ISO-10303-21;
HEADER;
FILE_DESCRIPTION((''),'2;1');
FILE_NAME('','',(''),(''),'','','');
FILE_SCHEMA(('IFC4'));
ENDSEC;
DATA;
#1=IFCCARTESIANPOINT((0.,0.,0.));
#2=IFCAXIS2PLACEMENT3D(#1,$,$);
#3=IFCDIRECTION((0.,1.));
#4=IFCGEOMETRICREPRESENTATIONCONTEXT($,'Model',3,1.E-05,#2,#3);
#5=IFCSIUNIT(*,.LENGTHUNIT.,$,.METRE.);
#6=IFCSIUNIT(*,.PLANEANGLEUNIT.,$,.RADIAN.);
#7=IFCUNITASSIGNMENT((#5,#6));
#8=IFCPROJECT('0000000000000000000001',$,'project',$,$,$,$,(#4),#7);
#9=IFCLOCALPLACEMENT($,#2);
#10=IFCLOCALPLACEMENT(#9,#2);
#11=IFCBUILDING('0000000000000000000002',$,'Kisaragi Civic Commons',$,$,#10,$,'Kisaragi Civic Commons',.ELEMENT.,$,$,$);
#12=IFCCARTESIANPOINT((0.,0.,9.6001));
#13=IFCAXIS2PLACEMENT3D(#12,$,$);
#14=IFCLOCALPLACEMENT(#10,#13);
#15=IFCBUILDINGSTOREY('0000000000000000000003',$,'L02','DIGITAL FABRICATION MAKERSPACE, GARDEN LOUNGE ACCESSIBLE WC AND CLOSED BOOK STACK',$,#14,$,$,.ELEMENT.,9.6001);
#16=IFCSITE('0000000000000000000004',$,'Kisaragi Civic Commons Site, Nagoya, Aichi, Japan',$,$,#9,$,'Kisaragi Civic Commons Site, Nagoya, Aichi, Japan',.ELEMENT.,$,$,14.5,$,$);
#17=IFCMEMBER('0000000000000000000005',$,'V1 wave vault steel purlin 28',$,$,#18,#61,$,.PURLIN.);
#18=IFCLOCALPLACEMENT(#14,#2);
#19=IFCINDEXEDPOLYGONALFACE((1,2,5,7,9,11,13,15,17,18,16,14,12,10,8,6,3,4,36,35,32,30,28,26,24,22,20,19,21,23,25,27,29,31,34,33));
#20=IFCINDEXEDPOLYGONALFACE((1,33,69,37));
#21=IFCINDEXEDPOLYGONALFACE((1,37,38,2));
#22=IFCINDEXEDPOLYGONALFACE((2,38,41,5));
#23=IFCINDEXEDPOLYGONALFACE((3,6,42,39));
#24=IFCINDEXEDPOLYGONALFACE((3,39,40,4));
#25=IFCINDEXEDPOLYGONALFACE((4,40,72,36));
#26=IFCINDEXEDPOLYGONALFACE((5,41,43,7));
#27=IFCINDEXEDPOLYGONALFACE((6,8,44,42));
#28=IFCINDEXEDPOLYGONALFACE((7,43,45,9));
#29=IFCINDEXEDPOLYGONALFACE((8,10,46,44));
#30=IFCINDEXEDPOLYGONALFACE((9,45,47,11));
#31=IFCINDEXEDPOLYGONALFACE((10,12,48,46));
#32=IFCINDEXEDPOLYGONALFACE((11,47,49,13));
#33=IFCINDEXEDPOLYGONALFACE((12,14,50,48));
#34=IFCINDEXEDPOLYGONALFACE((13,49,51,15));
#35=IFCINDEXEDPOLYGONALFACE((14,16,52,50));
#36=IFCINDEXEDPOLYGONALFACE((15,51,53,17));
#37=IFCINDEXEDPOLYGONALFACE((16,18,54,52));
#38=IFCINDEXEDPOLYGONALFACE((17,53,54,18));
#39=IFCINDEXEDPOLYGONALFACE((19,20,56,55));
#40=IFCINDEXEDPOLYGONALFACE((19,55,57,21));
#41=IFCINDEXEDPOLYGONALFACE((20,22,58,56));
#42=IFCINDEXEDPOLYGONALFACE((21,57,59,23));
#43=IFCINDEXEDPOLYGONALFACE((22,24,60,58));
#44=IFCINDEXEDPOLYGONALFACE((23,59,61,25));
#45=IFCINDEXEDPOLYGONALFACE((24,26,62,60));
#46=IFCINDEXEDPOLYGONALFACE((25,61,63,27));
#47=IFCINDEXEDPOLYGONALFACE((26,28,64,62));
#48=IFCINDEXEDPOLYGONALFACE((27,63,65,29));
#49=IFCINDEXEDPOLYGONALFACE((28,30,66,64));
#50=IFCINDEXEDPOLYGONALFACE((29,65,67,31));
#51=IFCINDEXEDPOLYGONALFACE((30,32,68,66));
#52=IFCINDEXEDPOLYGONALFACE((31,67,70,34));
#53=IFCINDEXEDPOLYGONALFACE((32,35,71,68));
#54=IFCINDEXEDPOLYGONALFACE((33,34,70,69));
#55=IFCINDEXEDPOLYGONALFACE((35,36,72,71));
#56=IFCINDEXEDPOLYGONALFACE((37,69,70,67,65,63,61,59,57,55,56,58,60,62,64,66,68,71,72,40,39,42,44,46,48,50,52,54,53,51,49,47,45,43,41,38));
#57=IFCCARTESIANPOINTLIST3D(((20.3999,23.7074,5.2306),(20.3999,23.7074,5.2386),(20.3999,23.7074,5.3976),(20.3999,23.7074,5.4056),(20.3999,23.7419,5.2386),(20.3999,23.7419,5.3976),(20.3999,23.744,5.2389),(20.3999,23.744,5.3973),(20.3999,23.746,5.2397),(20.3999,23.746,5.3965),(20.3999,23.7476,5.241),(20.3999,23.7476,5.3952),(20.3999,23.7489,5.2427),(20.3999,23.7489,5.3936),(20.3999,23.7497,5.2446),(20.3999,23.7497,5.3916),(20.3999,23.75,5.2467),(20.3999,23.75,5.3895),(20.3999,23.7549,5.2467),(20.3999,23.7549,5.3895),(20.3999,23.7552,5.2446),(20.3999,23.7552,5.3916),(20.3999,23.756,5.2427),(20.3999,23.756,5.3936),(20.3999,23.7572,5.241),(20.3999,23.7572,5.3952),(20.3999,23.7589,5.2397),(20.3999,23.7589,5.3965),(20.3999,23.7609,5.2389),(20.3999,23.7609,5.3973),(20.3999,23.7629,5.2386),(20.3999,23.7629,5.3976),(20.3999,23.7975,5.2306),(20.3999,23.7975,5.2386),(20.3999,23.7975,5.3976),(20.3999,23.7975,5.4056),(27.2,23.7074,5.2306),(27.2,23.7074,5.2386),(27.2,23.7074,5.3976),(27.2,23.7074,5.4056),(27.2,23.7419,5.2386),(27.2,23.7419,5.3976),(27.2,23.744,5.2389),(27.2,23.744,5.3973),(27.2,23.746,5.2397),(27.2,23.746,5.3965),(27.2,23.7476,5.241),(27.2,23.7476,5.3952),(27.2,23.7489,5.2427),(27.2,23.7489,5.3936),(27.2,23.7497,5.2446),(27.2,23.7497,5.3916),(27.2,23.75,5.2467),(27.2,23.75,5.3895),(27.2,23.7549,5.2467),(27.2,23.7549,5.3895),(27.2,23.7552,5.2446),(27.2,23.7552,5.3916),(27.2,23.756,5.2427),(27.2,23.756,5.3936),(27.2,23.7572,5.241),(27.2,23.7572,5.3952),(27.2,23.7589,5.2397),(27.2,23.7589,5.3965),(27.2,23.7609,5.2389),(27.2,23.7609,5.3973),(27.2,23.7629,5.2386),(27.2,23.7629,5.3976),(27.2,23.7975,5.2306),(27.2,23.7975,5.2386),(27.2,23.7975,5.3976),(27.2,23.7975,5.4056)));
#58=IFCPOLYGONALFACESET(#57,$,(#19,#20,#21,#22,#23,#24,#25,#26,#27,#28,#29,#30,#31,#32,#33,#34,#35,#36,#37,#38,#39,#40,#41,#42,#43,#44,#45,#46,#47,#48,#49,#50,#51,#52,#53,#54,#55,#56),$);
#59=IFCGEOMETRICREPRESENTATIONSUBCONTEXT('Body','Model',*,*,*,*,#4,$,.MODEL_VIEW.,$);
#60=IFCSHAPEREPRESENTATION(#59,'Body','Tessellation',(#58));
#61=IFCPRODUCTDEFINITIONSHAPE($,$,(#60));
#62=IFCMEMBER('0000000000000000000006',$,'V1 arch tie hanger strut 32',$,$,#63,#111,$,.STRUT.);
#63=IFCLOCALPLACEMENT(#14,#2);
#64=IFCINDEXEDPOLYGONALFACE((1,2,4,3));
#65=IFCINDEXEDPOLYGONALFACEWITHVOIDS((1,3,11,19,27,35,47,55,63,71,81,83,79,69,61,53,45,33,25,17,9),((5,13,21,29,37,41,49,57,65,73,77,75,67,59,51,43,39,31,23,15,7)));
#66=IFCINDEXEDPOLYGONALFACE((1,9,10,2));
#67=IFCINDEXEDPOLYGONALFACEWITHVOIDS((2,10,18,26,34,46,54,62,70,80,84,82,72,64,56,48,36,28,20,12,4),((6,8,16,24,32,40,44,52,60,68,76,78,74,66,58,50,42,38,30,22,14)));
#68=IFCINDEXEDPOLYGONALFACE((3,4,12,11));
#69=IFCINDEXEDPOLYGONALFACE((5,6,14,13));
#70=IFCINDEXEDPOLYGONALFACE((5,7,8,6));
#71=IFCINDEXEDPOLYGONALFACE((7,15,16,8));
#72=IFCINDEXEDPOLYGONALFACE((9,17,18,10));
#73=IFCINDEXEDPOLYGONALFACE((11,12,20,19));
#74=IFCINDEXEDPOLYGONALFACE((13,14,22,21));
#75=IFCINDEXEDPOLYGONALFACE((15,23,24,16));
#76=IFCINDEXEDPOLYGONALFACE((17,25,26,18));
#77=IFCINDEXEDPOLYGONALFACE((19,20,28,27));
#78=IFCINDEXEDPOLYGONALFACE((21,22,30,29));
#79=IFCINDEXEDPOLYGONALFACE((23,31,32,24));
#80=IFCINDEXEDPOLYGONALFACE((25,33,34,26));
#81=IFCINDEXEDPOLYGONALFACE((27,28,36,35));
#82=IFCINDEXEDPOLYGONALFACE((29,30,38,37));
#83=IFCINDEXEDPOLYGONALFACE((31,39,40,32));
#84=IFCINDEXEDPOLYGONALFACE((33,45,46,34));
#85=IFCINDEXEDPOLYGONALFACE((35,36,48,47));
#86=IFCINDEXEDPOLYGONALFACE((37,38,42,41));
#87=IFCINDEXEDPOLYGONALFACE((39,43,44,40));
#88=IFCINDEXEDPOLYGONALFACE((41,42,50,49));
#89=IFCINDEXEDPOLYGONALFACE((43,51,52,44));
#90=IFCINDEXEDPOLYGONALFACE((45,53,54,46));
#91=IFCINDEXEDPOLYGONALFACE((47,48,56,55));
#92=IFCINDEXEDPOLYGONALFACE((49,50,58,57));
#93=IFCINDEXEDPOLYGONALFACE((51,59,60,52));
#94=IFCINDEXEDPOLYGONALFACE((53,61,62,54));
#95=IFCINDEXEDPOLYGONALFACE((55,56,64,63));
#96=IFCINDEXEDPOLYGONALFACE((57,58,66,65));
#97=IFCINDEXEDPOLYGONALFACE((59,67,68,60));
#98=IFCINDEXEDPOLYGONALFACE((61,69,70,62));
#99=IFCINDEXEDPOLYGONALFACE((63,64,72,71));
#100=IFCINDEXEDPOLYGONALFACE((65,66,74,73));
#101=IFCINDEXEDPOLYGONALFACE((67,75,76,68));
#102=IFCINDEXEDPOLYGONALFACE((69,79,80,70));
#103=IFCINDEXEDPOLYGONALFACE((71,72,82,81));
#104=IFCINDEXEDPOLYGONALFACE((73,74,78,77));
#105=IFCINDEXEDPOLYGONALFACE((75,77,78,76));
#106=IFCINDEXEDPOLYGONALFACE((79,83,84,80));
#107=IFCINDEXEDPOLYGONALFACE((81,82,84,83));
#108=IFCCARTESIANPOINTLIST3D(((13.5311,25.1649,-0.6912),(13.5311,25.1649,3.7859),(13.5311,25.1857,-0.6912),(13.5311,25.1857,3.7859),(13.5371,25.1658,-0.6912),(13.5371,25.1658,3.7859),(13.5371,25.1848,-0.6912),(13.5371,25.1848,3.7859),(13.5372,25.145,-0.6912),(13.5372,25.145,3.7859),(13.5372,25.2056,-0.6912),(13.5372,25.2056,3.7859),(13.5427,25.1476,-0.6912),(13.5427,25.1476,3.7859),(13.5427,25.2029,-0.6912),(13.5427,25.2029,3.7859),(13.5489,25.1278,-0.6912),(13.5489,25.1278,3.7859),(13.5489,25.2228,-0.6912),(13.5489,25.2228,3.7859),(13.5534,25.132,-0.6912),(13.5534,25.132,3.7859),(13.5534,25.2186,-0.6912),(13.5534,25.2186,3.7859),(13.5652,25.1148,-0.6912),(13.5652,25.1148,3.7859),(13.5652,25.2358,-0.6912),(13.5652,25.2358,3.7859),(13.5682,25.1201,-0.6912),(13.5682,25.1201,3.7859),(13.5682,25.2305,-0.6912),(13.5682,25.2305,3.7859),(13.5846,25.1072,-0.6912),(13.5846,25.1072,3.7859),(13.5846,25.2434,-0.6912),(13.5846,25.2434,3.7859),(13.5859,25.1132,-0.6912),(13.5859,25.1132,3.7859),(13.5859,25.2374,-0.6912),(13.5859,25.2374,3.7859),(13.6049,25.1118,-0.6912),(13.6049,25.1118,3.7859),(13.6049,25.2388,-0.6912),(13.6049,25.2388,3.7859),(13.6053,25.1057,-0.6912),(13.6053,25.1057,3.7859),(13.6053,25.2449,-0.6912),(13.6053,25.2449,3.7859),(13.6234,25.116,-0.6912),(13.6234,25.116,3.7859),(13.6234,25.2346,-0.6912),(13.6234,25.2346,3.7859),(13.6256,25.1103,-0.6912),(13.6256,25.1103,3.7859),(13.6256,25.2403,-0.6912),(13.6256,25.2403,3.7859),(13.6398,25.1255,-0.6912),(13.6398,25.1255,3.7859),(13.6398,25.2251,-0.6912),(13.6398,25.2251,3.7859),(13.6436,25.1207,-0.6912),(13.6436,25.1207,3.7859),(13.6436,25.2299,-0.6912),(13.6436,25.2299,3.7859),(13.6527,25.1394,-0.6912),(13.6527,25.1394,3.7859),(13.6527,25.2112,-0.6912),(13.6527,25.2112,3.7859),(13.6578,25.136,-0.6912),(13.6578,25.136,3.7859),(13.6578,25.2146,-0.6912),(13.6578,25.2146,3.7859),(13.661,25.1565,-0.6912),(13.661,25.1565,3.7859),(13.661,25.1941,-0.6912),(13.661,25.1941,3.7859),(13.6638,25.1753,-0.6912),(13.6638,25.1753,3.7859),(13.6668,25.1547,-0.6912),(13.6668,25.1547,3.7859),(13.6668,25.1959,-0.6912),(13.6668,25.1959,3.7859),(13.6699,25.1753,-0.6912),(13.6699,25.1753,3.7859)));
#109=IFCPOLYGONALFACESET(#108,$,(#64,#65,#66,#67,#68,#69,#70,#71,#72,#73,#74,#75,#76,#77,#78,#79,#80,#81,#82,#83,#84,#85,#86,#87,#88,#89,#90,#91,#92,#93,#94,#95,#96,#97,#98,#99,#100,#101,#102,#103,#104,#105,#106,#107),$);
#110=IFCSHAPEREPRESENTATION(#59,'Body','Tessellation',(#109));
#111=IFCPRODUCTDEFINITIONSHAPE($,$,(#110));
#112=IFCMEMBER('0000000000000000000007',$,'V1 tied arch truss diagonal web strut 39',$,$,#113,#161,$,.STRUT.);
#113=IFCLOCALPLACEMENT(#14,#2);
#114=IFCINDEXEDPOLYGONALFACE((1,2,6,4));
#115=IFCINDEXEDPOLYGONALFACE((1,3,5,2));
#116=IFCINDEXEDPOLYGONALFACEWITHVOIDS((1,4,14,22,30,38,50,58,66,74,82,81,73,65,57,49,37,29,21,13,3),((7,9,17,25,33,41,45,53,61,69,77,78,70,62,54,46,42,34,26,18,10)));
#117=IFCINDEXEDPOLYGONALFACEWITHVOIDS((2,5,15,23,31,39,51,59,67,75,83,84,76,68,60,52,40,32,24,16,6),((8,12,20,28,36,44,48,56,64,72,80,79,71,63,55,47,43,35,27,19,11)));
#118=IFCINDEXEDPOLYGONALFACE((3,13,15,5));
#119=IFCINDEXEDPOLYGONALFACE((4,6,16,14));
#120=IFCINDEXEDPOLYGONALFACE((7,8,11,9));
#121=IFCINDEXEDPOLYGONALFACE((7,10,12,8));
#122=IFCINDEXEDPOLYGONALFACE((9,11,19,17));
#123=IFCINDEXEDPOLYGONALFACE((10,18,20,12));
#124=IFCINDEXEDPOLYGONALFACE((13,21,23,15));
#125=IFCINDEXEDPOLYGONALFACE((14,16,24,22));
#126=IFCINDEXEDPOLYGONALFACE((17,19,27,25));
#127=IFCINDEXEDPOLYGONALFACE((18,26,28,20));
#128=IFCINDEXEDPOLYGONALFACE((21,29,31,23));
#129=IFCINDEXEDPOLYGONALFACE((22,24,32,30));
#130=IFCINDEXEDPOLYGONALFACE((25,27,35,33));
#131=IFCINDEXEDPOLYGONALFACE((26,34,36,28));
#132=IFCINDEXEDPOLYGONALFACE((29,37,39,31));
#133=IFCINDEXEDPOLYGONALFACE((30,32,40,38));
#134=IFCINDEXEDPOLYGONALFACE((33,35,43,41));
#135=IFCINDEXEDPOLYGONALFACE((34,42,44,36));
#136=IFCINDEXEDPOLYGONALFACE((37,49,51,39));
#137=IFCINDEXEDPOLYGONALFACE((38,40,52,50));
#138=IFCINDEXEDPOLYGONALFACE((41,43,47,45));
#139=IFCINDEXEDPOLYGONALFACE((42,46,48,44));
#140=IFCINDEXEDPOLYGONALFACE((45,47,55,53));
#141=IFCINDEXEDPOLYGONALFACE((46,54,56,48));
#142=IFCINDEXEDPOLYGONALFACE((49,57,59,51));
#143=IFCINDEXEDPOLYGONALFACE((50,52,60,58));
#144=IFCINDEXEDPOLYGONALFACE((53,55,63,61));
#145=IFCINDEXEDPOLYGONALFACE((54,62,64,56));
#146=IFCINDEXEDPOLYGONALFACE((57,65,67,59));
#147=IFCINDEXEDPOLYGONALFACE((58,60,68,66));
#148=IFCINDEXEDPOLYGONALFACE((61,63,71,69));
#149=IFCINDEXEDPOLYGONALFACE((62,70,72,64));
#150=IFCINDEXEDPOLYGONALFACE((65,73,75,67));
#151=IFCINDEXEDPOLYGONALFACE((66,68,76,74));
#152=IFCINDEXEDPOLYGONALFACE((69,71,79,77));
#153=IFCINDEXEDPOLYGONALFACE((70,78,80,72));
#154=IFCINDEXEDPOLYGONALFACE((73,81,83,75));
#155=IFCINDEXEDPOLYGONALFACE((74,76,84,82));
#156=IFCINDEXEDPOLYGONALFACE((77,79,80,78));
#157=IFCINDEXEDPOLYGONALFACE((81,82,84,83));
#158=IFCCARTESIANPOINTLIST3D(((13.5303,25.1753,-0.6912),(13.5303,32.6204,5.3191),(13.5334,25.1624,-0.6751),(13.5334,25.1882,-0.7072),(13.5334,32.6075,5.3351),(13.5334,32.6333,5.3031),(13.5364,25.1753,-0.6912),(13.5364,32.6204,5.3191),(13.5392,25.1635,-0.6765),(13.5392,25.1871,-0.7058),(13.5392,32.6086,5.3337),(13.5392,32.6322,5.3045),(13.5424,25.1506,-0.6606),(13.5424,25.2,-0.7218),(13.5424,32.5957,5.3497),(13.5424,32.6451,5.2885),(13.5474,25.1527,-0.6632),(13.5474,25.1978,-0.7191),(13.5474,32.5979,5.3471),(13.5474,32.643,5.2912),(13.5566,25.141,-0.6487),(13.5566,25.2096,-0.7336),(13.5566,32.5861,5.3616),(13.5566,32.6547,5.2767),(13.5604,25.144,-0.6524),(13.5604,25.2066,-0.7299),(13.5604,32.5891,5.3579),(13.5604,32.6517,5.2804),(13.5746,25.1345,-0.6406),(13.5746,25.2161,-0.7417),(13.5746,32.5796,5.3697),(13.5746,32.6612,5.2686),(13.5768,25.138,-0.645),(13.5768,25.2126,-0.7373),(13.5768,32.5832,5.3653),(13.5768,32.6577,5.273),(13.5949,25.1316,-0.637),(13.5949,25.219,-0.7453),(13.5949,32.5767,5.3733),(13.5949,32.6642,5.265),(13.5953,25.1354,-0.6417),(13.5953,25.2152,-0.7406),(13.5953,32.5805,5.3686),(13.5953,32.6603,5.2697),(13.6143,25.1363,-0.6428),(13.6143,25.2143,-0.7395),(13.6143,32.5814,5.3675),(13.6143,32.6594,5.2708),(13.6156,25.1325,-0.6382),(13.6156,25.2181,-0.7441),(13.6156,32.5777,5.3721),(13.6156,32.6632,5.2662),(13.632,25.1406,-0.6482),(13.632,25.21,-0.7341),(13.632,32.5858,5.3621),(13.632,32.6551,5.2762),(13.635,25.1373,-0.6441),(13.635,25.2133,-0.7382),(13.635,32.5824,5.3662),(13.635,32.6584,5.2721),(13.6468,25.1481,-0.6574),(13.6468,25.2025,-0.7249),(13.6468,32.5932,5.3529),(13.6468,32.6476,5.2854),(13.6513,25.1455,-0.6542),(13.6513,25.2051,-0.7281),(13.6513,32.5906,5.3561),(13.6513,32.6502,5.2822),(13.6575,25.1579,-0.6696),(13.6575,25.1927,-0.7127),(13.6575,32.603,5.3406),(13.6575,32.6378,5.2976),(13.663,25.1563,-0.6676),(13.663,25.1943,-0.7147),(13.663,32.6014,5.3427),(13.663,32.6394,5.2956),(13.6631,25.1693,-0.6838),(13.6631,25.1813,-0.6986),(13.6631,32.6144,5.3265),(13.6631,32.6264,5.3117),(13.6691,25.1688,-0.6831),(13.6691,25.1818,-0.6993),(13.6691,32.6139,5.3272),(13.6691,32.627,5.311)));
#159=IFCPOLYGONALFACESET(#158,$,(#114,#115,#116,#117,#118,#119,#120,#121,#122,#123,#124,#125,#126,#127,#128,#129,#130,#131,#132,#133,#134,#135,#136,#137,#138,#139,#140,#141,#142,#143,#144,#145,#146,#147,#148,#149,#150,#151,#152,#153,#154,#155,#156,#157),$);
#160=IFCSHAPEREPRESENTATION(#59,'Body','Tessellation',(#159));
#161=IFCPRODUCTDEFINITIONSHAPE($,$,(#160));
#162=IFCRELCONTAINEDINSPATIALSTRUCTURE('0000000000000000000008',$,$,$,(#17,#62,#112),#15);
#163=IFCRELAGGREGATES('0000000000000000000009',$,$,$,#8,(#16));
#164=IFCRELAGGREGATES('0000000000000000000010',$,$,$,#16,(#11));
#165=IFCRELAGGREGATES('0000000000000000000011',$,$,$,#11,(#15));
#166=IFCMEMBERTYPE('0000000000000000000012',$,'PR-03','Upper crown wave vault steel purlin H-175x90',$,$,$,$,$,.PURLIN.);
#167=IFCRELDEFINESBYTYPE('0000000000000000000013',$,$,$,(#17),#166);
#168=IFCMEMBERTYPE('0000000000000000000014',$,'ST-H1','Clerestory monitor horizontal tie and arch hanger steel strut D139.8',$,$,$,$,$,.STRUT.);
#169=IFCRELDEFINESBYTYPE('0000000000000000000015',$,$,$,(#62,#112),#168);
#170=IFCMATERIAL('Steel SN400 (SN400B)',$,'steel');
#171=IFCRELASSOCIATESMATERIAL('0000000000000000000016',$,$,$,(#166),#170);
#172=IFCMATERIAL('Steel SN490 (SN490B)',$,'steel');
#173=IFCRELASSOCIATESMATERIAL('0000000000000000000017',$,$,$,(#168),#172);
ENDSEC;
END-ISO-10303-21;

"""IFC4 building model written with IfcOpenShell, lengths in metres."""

from ifc_helpers import new_model, si_unit, direction, frame, origin, origin_2d, place, context, subcontext, project, spatial, hollow_circle, i_section, extrude, material, material_profile, profile_set, type_object, element, save


model = new_model("IFC4")

# Units and contexts
model_context = context("Model", 3, precision=1e-05, world=origin(), true_north=direction((0.0, 1.0)))
body_context = subcontext(model_context, "Body", "Model", "MODEL_VIEW")
ifc_project = project(units=[si_unit("LENGTHUNIT", "METRE"), si_unit("PLANEANGLEUNIT", "RADIAN")], contexts=[model_context])

# Site, building, storey
site_placement = place(None, origin())
site = spatial("IfcSite", under=ifc_project, at=site_placement, Name="Kisaragi Civic Commons Site, Nagoya, Aichi, Japan", LongName="Kisaragi Civic Commons Site, Nagoya, Aichi, Japan", CompositionType="ELEMENT", RefElevation=14.5)
building_placement = place(site_placement, origin())
building = spatial("IfcBuilding", under=site, at=building_placement, Name="Kisaragi Civic Commons", LongName="Kisaragi Civic Commons", CompositionType="ELEMENT")
storey_placement = place(building_placement, frame((0.0, 0.0, 9.6001)))
storey = spatial("IfcBuildingStorey", under=building, at=storey_placement, Name="L02", Description="DIGITAL FABRICATION MAKERSPACE, GARDEN LOUNGE ACCESSIBLE WC AND CLOSED BOOK STACK", CompositionType="ELEMENT", Elevation=9.6001)

# Members
ifc_material_1 = material(Name="Steel SN490 (SN490B)", Category="steel")
ifc_material_2 = material(Name="Steel SN400 (SN400B)", Category="steel")
ifc_material_profile_1 = material_profile(ifc_material_2, i_section(OverallWidth=0.0901, OverallDepth=0.175, WebThickness=0.0049, FlangeThickness=0.0081, FilletRadius=0.0081, at=origin_2d()), Name="H-175x90x5x8", Category="steel")
ifc_profile_set_1 = profile_set([ifc_material_profile_1], Name="Steel SN400 (SN400B)")
member_type_1 = type_object("IfcMemberType", Name="PR-03", Description="Upper crown wave vault steel purlin H-175x90", PredefinedType="PURLIN", material=ifc_profile_set_1)
member_1_placement = place(storey_placement, frame((20.3999, 23.7524, 5.3181), z_axis=(1.0, 0.0, 0.0), x_axis=(0.0, 1.0, 0.0)))
element("IfcMember", 1, at=member_1_placement, inside=storey, type_object=member_type_1, Name="V1 wave vault steel purlin 28", PredefinedType="PURLIN", context=body_context, shape_type="SweptSolid", body=[
    extrude(i_section(OverallWidth=0.0901, OverallDepth=0.175, WebThickness=0.0049, FlangeThickness=0.0081, FilletRadius=0.0081, at=origin_2d()), origin(), (0.0, 0.0, 1.0), 6.8),
])
ifc_material_profile_2 = material_profile(ifc_material_1, hollow_circle(Radius=0.0698, WallThickness=0.0061, at=origin_2d()), Name="CHS-139.8x6.0", Category="steel")
ifc_profile_set_2 = profile_set([ifc_material_profile_2], Name="Steel SN490 (SN490B)")
member_type_2 = type_object("IfcMemberType", Name="ST-H1", Description="Clerestory monitor horizontal tie and arch hanger steel strut D139.8", PredefinedType="STRUT", material=ifc_profile_set_2)
member_2_placement = place(storey_placement, frame((13.6001, 25.1753, -0.6912), z_axis=(0.0, 0.0, 1.0), x_axis=(1.0, 0.0, 0.0)))
element("IfcMember", 2, at=member_2_placement, inside=storey, type_object=member_type_2, Name="V1 arch tie hanger strut 32", PredefinedType="STRUT", context=body_context, shape_type="SweptSolid", body=[
    extrude(hollow_circle(Radius=0.0698, WallThickness=0.0061, at=origin_2d()), origin(), (0.0, 0.0, 1.0), 4.4771),
])
member_3_placement = place(storey_placement, frame((13.6001, 25.1753, -0.6912), z_axis=(0.0, 0.778098, 0.628143), x_axis=(-1.0, 0.0, 0.0)))
element("IfcMember", 3, at=member_3_placement, inside=storey, type_object=member_type_2, Name="V1 tied arch truss diagonal web strut 39", PredefinedType="STRUT", context=body_context, shape_type="SweptSolid", body=[
    extrude(hollow_circle(Radius=0.0698, WallThickness=0.0061, at=origin_2d()), origin(), (0.0, 0.0, 1.0), 9.5684),
])

save(model, "model.ifc")
